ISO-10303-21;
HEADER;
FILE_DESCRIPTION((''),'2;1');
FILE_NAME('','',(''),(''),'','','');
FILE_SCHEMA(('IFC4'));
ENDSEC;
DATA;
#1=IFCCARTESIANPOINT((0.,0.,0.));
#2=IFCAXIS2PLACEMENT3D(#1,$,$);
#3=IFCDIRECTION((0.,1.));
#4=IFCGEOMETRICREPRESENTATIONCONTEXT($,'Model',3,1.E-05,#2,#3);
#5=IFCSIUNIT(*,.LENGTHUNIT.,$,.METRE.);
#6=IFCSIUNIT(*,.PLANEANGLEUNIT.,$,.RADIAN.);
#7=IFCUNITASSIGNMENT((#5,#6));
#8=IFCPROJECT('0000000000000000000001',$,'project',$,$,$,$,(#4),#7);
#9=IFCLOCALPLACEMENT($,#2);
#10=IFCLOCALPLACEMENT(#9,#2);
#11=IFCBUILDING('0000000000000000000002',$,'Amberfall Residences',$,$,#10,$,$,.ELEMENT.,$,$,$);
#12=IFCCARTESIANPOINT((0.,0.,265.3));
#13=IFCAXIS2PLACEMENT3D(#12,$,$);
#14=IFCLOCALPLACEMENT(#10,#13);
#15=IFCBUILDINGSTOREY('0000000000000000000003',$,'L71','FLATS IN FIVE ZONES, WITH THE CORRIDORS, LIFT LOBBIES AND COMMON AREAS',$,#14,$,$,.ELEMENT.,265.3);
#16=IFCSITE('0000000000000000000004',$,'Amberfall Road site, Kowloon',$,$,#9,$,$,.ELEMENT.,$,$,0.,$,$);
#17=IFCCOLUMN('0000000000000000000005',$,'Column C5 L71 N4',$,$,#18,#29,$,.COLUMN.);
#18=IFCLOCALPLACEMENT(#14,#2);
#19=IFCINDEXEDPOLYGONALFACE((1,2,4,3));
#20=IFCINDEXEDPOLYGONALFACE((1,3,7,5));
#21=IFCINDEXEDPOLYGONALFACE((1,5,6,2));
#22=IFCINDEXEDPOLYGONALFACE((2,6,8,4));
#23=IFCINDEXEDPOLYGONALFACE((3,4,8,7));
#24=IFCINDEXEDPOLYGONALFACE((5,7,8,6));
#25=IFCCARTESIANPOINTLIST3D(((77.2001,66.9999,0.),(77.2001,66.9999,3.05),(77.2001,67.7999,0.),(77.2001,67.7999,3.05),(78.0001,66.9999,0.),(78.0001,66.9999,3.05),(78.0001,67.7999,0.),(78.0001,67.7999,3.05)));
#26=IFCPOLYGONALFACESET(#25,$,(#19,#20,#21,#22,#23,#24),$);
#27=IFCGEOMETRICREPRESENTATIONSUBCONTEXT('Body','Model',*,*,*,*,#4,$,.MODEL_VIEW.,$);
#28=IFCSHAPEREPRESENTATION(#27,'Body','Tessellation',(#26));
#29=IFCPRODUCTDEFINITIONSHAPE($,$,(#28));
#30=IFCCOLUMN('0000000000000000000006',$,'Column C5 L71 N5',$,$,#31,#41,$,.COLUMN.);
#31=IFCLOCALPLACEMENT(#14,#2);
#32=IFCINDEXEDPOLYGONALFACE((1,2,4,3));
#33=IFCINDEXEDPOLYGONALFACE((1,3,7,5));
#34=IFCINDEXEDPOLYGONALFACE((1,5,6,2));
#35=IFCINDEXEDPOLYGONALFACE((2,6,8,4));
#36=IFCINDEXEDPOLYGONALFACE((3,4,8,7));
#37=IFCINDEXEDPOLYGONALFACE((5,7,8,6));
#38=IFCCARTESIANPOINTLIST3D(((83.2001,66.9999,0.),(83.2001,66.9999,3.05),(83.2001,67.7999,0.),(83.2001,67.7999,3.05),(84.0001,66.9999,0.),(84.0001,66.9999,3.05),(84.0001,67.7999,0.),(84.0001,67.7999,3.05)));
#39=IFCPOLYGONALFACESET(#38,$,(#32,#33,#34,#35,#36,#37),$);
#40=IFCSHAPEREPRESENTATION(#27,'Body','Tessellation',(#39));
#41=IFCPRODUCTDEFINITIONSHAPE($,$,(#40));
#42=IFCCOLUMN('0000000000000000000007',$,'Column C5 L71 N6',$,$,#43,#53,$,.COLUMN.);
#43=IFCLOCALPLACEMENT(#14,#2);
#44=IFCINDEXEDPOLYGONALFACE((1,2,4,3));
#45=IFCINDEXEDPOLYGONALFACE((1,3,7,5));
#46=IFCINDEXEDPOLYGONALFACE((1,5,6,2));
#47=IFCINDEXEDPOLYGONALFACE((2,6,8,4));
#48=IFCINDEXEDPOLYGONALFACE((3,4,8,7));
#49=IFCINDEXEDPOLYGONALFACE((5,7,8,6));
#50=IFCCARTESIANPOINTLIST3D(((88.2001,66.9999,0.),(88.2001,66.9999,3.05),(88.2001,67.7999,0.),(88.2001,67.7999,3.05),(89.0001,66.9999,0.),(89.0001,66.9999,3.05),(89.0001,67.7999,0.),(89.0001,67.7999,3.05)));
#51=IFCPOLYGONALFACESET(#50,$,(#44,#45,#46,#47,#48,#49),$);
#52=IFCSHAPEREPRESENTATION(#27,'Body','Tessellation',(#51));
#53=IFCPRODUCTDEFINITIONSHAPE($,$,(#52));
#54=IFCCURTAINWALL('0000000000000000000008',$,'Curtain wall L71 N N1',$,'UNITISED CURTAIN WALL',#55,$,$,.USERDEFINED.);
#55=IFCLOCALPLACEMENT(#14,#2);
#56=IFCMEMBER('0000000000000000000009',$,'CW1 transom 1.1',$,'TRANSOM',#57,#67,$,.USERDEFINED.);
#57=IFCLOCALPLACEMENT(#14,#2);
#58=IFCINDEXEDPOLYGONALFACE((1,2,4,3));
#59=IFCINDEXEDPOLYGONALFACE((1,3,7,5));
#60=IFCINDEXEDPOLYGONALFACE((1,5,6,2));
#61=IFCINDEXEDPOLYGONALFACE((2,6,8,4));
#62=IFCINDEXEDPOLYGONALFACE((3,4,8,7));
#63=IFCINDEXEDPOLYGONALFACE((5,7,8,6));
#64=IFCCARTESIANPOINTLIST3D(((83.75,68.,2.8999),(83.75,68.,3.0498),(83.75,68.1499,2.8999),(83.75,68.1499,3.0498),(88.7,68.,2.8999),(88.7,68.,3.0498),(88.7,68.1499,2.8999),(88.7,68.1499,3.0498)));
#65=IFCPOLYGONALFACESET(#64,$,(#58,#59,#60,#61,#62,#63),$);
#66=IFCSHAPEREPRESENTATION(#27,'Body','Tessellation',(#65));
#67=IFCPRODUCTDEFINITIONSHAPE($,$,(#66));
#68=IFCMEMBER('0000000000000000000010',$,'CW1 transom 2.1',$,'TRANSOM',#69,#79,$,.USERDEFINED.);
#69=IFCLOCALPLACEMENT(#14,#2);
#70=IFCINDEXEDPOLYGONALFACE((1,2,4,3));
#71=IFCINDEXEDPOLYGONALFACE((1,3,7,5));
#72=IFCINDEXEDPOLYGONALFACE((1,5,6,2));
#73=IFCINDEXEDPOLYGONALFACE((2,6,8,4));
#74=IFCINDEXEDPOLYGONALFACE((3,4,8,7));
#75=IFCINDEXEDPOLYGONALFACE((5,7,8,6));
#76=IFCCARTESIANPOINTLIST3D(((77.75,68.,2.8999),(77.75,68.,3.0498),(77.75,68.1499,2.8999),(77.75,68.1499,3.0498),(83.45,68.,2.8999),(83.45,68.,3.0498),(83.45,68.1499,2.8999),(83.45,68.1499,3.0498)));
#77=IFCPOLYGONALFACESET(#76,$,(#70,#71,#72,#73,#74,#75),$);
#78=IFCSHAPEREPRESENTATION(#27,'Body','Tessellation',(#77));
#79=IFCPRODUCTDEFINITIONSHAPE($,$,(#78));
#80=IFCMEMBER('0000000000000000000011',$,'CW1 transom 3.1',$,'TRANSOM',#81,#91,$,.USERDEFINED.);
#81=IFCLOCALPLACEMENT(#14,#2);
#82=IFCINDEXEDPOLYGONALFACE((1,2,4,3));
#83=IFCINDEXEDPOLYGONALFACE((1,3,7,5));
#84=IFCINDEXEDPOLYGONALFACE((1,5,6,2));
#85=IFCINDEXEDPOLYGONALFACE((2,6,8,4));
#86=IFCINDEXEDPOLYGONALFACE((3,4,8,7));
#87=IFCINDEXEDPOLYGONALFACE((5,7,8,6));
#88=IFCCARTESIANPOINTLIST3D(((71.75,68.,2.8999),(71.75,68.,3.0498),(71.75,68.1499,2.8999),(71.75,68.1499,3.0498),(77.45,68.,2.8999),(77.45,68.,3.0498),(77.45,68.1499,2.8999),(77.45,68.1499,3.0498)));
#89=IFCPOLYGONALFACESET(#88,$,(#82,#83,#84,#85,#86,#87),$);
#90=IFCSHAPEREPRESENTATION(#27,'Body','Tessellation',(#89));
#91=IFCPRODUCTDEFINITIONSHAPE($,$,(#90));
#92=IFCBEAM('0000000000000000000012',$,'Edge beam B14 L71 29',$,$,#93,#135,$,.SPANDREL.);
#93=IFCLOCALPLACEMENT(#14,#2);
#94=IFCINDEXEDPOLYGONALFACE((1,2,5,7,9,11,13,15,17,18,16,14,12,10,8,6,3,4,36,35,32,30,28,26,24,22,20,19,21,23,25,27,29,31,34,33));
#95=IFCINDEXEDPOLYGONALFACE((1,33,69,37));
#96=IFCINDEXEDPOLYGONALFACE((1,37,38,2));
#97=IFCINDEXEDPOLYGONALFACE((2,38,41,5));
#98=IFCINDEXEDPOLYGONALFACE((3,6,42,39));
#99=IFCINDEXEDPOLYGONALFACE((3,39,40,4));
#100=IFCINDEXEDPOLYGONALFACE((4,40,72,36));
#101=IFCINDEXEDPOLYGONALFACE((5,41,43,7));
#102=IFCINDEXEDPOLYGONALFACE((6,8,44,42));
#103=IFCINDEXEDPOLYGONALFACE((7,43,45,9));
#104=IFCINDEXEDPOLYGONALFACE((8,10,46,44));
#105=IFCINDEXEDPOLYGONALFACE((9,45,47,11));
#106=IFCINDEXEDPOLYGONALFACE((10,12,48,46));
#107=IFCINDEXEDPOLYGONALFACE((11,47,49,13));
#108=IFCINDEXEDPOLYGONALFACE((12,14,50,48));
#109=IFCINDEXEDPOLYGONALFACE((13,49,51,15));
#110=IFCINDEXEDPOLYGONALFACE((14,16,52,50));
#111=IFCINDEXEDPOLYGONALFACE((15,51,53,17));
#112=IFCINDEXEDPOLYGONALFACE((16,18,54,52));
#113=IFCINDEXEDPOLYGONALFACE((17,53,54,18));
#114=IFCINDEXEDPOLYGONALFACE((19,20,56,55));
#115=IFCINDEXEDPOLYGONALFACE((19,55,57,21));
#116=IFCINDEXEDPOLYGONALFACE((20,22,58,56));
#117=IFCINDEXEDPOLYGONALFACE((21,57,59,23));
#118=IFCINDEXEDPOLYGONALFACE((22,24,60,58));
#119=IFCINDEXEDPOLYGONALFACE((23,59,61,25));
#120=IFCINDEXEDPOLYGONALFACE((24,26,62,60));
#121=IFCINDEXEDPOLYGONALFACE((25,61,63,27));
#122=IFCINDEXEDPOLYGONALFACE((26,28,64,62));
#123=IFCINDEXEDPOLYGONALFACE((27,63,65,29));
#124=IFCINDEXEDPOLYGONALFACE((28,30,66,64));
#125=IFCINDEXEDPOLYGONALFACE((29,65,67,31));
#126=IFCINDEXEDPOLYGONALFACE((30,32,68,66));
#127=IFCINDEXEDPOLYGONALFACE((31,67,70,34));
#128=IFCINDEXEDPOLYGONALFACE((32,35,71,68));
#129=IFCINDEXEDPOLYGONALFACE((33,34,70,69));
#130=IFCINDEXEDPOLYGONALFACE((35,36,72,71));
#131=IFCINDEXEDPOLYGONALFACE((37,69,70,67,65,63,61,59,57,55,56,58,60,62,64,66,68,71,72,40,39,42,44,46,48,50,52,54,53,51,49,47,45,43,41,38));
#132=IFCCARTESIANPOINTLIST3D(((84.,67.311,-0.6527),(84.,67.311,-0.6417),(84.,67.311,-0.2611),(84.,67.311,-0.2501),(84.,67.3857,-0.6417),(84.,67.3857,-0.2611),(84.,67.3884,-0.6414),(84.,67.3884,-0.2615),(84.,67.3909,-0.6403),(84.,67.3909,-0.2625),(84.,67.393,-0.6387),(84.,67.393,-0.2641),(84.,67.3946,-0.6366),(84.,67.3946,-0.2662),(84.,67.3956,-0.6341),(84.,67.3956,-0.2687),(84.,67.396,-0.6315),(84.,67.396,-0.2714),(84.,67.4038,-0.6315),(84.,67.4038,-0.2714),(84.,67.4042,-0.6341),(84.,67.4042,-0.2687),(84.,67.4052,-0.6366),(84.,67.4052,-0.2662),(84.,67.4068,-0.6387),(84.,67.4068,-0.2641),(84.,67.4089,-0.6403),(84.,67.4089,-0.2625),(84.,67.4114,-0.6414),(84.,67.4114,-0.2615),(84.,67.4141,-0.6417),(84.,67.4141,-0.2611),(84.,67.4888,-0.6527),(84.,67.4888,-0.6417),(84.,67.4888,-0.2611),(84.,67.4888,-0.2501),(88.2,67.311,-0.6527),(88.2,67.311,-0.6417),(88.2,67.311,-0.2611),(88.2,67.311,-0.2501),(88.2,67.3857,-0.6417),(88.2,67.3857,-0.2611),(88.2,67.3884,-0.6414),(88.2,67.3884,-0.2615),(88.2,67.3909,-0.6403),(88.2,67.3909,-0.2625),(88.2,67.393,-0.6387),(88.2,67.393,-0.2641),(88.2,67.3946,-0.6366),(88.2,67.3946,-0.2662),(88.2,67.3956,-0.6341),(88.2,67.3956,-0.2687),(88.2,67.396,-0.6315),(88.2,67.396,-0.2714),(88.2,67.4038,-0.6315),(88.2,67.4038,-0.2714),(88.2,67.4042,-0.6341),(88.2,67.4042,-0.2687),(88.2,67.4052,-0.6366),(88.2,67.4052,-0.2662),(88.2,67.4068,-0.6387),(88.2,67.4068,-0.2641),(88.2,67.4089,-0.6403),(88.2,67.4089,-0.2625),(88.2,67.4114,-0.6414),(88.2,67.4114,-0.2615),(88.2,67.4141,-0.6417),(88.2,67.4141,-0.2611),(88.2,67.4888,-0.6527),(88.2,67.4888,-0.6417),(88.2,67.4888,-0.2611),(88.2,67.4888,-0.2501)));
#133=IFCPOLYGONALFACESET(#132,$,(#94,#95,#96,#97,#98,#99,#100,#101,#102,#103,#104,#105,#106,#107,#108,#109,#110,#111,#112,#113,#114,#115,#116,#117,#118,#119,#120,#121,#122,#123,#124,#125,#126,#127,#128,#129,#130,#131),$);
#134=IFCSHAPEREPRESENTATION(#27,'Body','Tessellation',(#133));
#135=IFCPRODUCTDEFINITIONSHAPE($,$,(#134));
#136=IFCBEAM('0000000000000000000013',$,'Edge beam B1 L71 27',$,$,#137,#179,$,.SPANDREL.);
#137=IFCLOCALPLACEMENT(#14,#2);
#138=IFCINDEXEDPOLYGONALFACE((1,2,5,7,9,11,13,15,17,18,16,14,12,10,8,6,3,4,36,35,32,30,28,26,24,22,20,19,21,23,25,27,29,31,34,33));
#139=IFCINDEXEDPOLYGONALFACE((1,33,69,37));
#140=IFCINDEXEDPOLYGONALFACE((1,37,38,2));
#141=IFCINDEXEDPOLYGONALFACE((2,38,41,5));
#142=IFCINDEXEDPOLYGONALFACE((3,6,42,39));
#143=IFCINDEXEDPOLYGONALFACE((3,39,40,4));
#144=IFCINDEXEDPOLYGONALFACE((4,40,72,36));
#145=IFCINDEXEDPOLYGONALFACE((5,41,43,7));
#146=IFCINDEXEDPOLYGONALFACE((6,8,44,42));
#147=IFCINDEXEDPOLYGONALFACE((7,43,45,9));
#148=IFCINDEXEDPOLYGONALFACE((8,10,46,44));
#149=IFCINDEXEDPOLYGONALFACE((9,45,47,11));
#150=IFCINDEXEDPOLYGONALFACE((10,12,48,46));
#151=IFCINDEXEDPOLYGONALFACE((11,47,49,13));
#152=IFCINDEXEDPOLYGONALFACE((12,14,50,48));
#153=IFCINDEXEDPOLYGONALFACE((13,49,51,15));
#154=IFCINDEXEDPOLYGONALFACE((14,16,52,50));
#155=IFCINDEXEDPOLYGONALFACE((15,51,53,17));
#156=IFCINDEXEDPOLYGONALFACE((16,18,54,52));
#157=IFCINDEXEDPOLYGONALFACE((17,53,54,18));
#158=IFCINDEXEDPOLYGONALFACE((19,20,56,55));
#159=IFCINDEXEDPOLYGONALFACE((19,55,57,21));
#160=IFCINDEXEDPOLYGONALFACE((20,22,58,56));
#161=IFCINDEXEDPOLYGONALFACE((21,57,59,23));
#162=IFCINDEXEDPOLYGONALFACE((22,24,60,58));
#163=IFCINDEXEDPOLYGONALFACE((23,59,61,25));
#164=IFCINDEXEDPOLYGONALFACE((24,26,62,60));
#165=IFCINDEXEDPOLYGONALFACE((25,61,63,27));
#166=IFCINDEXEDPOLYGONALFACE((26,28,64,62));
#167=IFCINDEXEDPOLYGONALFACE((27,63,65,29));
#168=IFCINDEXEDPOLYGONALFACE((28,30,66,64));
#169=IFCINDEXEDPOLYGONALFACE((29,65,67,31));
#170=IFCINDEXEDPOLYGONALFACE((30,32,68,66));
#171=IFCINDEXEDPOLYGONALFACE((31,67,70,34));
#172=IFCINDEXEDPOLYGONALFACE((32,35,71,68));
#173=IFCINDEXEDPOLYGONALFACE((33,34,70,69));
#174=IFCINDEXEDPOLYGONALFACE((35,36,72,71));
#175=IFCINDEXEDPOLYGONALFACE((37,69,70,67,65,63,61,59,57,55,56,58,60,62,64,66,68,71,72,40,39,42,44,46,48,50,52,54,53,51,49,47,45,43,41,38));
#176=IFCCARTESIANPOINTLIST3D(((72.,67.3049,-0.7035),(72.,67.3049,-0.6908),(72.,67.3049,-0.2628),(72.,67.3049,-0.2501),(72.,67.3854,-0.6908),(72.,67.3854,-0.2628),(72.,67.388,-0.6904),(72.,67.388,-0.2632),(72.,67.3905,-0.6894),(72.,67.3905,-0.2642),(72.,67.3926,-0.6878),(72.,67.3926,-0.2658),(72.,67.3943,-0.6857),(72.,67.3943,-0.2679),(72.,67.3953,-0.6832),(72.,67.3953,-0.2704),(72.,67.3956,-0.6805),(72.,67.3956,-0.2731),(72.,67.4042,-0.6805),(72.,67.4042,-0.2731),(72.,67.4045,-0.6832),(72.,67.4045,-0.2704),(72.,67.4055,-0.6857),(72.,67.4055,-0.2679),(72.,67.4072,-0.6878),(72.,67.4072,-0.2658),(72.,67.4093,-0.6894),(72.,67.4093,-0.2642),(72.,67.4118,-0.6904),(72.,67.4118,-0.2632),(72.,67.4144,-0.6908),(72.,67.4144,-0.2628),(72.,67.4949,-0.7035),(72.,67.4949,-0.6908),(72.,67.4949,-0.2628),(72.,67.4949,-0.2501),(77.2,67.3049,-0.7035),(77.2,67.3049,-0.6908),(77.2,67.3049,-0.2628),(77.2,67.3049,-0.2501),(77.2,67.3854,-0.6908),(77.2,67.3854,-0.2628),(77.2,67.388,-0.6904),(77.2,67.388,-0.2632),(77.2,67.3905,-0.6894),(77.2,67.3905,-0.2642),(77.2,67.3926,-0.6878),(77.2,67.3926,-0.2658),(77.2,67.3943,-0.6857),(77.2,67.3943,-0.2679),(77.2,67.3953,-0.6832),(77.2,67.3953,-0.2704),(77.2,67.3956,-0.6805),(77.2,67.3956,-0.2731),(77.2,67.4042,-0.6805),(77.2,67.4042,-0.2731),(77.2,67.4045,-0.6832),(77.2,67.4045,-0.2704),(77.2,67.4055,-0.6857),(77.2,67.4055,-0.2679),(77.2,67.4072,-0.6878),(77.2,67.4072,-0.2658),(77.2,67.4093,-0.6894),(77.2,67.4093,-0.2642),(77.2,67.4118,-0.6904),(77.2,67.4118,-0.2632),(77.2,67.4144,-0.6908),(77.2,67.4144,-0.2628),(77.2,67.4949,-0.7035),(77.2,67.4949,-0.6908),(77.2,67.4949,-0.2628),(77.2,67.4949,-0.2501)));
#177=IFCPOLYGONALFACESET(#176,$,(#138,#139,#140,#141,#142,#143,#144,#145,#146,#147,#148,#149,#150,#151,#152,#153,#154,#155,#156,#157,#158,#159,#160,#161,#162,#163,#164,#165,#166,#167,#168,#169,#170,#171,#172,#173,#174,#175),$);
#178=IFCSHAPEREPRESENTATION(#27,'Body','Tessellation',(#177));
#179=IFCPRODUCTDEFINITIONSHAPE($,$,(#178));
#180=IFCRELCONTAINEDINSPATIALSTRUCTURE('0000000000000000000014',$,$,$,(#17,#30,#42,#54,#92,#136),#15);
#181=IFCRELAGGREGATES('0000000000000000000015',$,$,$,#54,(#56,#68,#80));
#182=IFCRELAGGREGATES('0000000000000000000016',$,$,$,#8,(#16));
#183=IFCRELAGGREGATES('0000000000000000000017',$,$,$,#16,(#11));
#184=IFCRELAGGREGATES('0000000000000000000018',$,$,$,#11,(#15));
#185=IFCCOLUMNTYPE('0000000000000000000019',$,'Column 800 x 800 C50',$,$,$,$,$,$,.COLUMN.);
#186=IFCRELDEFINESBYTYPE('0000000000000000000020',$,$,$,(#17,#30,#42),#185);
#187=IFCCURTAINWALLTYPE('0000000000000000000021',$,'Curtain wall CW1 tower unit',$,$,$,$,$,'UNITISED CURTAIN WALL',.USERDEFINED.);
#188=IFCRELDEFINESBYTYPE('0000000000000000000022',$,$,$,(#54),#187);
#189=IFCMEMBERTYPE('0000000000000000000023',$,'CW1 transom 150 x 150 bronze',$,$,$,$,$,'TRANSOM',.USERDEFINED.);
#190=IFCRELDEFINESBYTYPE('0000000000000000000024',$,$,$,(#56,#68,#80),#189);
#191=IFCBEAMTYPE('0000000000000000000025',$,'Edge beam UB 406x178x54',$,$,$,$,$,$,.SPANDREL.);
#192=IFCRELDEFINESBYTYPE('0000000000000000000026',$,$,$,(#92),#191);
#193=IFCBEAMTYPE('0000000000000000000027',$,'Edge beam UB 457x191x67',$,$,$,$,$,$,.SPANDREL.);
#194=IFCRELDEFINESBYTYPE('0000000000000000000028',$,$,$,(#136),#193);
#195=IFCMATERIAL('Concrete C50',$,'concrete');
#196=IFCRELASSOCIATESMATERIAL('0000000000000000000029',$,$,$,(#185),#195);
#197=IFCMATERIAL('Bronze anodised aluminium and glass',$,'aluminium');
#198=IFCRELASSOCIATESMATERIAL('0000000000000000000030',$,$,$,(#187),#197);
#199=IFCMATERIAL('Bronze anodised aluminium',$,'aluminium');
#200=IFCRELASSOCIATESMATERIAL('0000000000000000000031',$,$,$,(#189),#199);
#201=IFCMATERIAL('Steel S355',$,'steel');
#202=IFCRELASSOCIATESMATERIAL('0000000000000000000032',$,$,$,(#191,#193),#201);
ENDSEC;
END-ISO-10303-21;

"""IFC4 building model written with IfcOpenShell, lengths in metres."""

from ifc_helpers import new_model, si_unit, direction, frame, origin, origin_2d, place, context, subcontext, project, spatial, rectangle, i_section, extrude, material, material_profile, profile_set, type_object, element, aggregate, save


model = new_model("IFC4")

# Units and contexts
model_context = context("Model", 3, precision=1e-05, world=origin(), true_north=direction((0.0, 1.0)))
body_context = subcontext(model_context, "Body", "Model", "MODEL_VIEW")
ifc_project = project(units=[si_unit("LENGTHUNIT", "METRE"), si_unit("PLANEANGLEUNIT", "RADIAN")], contexts=[model_context])

# Site, building, storey
site_placement = place(None, origin())
site = spatial("IfcSite", under=ifc_project, at=site_placement, Name="Amberfall Road site, Kowloon", CompositionType="ELEMENT", RefElevation=0.0)
building_placement = place(site_placement, origin())
building = spatial("IfcBuilding", under=site, at=building_placement, Name="Amberfall Residences", CompositionType="ELEMENT")
storey_placement = place(building_placement, frame((0.0, 0.0, 265.3)))
storey = spatial("IfcBuildingStorey", under=building, at=storey_placement, Name="L71", Description="FLATS IN FIVE ZONES, WITH THE CORRIDORS, LIFT LOBBIES AND COMMON AREAS", CompositionType="ELEMENT", Elevation=265.3)

# Columns
ifc_material_1 = material(Name="Concrete C50", Category="concrete")
ifc_material_profile_1 = material_profile(ifc_material_1, rectangle(XDim=0.8, YDim=0.8, at=origin_2d()), Name="Column 800 x 800 C50")
ifc_profile_set_1 = profile_set([ifc_material_profile_1], Name="Concrete C50")
column_type = type_object("IfcColumnType", Name="Column 800 x 800 C50", PredefinedType="COLUMN", material=ifc_profile_set_1)
for number, where, z_axis, x_axis, name in (
    (1, (77.6001, 67.3999, 0.0), (0.0, 0.0, 1.0), (1.0, 0.0, 0.0), "Column C5 L71 N4"),
    (2, (83.6001, 67.3999, 0.0), (0.0, 0.0, 1.0), (1.0, 0.0, 0.0), "Column C5 L71 N5"),
    (3, (88.6001, 67.3999, 0.0), (0.0, 0.0, 1.0), (1.0, 0.0, 0.0), "Column C5 L71 N6"),
):
    element("IfcColumn", number, at=place(storey_placement, frame(where, z_axis=z_axis, x_axis=x_axis)), inside=storey, type_object=column_type, Name=name, PredefinedType="COLUMN", context=body_context, shape_type="SweptSolid", body=[
        extrude(rectangle(XDim=0.8, YDim=0.8, at=origin_2d()), origin(), (0.0, 0.0, 1.0), 3.05),
    ])

# Curtain wall, members
ifc_material_2 = material(Name="Bronze anodised aluminium and glass", Category="aluminium")
curtain_wall_type = type_object("IfcCurtainWallType", Name="Curtain wall CW1 tower unit", ElementType="UNITISED CURTAIN WALL", PredefinedType="USERDEFINED", material=ifc_material_2)
curtain_wall_placement = place(storey_placement, origin())
curtain_wall = element("IfcCurtainWall", 4, at=curtain_wall_placement, inside=storey, type_object=curtain_wall_type, Name="Curtain wall L71 N N1", ObjectType="UNITISED CURTAIN WALL", PredefinedType="USERDEFINED")
ifc_material_3 = material(Name="Bronze anodised aluminium", Category="aluminium")
ifc_material_profile_2 = material_profile(ifc_material_3, rectangle(XDim=0.1499, YDim=0.1499, at=origin_2d()), Name="CW1 transom 150 x 150 bronze")
ifc_profile_set_2 = profile_set([ifc_material_profile_2], Name="Bronze anodised aluminium")
member_type_1 = type_object("IfcMemberType", Name="CW1 transom 150 x 150 bronze", ElementType="TRANSOM", PredefinedType="USERDEFINED", material=ifc_profile_set_2)
member_1_placement = place(storey_placement, frame((88.7, 68.075, 2.9749), z_axis=(-1.0, 0.0, 0.0), x_axis=(0.0, -1.0, 0.0)))
member_1 = element("IfcMember", 5, at=member_1_placement, type_object=member_type_1, Name="CW1 transom 1.1", ObjectType="TRANSOM", PredefinedType="USERDEFINED", context=body_context, shape_type="SweptSolid", body=[
    extrude(rectangle(XDim=0.1499, YDim=0.1499, at=origin_2d()), origin(), (0.0, 0.0, 1.0), 4.95),
])
member_2_placement = place(storey_placement, frame((83.45, 68.075, 2.9749), z_axis=(-1.0, 0.0, 0.0), x_axis=(0.0, -1.0, 0.0)))
member_2 = element("IfcMember", 6, at=member_2_placement, type_object=member_type_1, Name="CW1 transom 2.1", ObjectType="TRANSOM", PredefinedType="USERDEFINED", context=body_context, shape_type="SweptSolid", body=[
    extrude(rectangle(XDim=0.1499, YDim=0.1499, at=origin_2d()), origin(), (0.0, 0.0, 1.0), 5.7),
])
member_3_placement = place(storey_placement, frame((77.45, 68.075, 2.9749), z_axis=(-1.0, 0.0, 0.0), x_axis=(0.0, -1.0, 0.0)))
member_3 = element("IfcMember", 7, at=member_3_placement, type_object=member_type_1, Name="CW1 transom 3.1", ObjectType="TRANSOM", PredefinedType="USERDEFINED", context=body_context, shape_type="SweptSolid", body=[
    extrude(rectangle(XDim=0.1499, YDim=0.1499, at=origin_2d()), origin(), (0.0, 0.0, 1.0), 5.7),
])

# Beams
ifc_material_4 = material(Name="Steel S355", Category="steel")
ifc_material_profile_3 = material_profile(ifc_material_4, i_section(OverallWidth=0.1777, OverallDepth=0.4026, WebThickness=0.0078, FlangeThickness=0.011, FilletRadius=0.0103, at=origin_2d()), Name="UB 406x178x54")
ifc_profile_set_3 = profile_set([ifc_material_profile_3], Name="Steel S355")
beam_type_1 = type_object("IfcBeamType", Name="Edge beam UB 406x178x54", PredefinedType="SPANDREL", material=ifc_profile_set_3)
beam_1_placement = place(storey_placement, frame((84.0, 67.3999, -0.4514), z_axis=(1.0, 0.0, 0.0), x_axis=(0.0, 1.0, 0.0)))
element("IfcBeam", 8, at=beam_1_placement, inside=storey, type_object=beam_type_1, Name="Edge beam B14 L71 29", PredefinedType="SPANDREL", context=body_context, shape_type="SweptSolid", body=[
    extrude(i_section(OverallWidth=0.1777, OverallDepth=0.4026, WebThickness=0.0078, FlangeThickness=0.011, FilletRadius=0.0103, at=origin_2d()), origin(), (0.0, 0.0, 1.0), 4.2),
])
ifc_material_profile_4 = material_profile(ifc_material_4, i_section(OverallWidth=0.1899, OverallDepth=0.4534, WebThickness=0.0085, FlangeThickness=0.0127, FilletRadius=0.0103, at=origin_2d()), Name="UB 457x191x67")
ifc_profile_set_4 = profile_set([ifc_material_profile_4], Name="Steel S355")
beam_type_2 = type_object("IfcBeamType", Name="Edge beam UB 457x191x67", PredefinedType="SPANDREL", material=ifc_profile_set_4)
for number, where, z_axis, x_axis, name in (
    (9, (72.0, 67.3999, -0.4768), (1.0, 0.0, 0.0), (0.0, 1.0, 0.0), "Edge beam B1 L71 27"),
):
    element("IfcBeam", number, at=place(storey_placement, frame(where, z_axis=z_axis, x_axis=x_axis)), inside=storey, type_object=beam_type_2, Name=name, PredefinedType="SPANDREL", context=body_context, shape_type="SweptSolid", body=[
        extrude(i_section(OverallWidth=0.1899, OverallDepth=0.4534, WebThickness=0.0085, FlangeThickness=0.0127, FilletRadius=0.0103, at=origin_2d()), origin(), (0.0, 0.0, 1.0), 5.2),
    ])

aggregate(curtain_wall, [member_1, member_2, member_3])

save(model, "model.ifc")
